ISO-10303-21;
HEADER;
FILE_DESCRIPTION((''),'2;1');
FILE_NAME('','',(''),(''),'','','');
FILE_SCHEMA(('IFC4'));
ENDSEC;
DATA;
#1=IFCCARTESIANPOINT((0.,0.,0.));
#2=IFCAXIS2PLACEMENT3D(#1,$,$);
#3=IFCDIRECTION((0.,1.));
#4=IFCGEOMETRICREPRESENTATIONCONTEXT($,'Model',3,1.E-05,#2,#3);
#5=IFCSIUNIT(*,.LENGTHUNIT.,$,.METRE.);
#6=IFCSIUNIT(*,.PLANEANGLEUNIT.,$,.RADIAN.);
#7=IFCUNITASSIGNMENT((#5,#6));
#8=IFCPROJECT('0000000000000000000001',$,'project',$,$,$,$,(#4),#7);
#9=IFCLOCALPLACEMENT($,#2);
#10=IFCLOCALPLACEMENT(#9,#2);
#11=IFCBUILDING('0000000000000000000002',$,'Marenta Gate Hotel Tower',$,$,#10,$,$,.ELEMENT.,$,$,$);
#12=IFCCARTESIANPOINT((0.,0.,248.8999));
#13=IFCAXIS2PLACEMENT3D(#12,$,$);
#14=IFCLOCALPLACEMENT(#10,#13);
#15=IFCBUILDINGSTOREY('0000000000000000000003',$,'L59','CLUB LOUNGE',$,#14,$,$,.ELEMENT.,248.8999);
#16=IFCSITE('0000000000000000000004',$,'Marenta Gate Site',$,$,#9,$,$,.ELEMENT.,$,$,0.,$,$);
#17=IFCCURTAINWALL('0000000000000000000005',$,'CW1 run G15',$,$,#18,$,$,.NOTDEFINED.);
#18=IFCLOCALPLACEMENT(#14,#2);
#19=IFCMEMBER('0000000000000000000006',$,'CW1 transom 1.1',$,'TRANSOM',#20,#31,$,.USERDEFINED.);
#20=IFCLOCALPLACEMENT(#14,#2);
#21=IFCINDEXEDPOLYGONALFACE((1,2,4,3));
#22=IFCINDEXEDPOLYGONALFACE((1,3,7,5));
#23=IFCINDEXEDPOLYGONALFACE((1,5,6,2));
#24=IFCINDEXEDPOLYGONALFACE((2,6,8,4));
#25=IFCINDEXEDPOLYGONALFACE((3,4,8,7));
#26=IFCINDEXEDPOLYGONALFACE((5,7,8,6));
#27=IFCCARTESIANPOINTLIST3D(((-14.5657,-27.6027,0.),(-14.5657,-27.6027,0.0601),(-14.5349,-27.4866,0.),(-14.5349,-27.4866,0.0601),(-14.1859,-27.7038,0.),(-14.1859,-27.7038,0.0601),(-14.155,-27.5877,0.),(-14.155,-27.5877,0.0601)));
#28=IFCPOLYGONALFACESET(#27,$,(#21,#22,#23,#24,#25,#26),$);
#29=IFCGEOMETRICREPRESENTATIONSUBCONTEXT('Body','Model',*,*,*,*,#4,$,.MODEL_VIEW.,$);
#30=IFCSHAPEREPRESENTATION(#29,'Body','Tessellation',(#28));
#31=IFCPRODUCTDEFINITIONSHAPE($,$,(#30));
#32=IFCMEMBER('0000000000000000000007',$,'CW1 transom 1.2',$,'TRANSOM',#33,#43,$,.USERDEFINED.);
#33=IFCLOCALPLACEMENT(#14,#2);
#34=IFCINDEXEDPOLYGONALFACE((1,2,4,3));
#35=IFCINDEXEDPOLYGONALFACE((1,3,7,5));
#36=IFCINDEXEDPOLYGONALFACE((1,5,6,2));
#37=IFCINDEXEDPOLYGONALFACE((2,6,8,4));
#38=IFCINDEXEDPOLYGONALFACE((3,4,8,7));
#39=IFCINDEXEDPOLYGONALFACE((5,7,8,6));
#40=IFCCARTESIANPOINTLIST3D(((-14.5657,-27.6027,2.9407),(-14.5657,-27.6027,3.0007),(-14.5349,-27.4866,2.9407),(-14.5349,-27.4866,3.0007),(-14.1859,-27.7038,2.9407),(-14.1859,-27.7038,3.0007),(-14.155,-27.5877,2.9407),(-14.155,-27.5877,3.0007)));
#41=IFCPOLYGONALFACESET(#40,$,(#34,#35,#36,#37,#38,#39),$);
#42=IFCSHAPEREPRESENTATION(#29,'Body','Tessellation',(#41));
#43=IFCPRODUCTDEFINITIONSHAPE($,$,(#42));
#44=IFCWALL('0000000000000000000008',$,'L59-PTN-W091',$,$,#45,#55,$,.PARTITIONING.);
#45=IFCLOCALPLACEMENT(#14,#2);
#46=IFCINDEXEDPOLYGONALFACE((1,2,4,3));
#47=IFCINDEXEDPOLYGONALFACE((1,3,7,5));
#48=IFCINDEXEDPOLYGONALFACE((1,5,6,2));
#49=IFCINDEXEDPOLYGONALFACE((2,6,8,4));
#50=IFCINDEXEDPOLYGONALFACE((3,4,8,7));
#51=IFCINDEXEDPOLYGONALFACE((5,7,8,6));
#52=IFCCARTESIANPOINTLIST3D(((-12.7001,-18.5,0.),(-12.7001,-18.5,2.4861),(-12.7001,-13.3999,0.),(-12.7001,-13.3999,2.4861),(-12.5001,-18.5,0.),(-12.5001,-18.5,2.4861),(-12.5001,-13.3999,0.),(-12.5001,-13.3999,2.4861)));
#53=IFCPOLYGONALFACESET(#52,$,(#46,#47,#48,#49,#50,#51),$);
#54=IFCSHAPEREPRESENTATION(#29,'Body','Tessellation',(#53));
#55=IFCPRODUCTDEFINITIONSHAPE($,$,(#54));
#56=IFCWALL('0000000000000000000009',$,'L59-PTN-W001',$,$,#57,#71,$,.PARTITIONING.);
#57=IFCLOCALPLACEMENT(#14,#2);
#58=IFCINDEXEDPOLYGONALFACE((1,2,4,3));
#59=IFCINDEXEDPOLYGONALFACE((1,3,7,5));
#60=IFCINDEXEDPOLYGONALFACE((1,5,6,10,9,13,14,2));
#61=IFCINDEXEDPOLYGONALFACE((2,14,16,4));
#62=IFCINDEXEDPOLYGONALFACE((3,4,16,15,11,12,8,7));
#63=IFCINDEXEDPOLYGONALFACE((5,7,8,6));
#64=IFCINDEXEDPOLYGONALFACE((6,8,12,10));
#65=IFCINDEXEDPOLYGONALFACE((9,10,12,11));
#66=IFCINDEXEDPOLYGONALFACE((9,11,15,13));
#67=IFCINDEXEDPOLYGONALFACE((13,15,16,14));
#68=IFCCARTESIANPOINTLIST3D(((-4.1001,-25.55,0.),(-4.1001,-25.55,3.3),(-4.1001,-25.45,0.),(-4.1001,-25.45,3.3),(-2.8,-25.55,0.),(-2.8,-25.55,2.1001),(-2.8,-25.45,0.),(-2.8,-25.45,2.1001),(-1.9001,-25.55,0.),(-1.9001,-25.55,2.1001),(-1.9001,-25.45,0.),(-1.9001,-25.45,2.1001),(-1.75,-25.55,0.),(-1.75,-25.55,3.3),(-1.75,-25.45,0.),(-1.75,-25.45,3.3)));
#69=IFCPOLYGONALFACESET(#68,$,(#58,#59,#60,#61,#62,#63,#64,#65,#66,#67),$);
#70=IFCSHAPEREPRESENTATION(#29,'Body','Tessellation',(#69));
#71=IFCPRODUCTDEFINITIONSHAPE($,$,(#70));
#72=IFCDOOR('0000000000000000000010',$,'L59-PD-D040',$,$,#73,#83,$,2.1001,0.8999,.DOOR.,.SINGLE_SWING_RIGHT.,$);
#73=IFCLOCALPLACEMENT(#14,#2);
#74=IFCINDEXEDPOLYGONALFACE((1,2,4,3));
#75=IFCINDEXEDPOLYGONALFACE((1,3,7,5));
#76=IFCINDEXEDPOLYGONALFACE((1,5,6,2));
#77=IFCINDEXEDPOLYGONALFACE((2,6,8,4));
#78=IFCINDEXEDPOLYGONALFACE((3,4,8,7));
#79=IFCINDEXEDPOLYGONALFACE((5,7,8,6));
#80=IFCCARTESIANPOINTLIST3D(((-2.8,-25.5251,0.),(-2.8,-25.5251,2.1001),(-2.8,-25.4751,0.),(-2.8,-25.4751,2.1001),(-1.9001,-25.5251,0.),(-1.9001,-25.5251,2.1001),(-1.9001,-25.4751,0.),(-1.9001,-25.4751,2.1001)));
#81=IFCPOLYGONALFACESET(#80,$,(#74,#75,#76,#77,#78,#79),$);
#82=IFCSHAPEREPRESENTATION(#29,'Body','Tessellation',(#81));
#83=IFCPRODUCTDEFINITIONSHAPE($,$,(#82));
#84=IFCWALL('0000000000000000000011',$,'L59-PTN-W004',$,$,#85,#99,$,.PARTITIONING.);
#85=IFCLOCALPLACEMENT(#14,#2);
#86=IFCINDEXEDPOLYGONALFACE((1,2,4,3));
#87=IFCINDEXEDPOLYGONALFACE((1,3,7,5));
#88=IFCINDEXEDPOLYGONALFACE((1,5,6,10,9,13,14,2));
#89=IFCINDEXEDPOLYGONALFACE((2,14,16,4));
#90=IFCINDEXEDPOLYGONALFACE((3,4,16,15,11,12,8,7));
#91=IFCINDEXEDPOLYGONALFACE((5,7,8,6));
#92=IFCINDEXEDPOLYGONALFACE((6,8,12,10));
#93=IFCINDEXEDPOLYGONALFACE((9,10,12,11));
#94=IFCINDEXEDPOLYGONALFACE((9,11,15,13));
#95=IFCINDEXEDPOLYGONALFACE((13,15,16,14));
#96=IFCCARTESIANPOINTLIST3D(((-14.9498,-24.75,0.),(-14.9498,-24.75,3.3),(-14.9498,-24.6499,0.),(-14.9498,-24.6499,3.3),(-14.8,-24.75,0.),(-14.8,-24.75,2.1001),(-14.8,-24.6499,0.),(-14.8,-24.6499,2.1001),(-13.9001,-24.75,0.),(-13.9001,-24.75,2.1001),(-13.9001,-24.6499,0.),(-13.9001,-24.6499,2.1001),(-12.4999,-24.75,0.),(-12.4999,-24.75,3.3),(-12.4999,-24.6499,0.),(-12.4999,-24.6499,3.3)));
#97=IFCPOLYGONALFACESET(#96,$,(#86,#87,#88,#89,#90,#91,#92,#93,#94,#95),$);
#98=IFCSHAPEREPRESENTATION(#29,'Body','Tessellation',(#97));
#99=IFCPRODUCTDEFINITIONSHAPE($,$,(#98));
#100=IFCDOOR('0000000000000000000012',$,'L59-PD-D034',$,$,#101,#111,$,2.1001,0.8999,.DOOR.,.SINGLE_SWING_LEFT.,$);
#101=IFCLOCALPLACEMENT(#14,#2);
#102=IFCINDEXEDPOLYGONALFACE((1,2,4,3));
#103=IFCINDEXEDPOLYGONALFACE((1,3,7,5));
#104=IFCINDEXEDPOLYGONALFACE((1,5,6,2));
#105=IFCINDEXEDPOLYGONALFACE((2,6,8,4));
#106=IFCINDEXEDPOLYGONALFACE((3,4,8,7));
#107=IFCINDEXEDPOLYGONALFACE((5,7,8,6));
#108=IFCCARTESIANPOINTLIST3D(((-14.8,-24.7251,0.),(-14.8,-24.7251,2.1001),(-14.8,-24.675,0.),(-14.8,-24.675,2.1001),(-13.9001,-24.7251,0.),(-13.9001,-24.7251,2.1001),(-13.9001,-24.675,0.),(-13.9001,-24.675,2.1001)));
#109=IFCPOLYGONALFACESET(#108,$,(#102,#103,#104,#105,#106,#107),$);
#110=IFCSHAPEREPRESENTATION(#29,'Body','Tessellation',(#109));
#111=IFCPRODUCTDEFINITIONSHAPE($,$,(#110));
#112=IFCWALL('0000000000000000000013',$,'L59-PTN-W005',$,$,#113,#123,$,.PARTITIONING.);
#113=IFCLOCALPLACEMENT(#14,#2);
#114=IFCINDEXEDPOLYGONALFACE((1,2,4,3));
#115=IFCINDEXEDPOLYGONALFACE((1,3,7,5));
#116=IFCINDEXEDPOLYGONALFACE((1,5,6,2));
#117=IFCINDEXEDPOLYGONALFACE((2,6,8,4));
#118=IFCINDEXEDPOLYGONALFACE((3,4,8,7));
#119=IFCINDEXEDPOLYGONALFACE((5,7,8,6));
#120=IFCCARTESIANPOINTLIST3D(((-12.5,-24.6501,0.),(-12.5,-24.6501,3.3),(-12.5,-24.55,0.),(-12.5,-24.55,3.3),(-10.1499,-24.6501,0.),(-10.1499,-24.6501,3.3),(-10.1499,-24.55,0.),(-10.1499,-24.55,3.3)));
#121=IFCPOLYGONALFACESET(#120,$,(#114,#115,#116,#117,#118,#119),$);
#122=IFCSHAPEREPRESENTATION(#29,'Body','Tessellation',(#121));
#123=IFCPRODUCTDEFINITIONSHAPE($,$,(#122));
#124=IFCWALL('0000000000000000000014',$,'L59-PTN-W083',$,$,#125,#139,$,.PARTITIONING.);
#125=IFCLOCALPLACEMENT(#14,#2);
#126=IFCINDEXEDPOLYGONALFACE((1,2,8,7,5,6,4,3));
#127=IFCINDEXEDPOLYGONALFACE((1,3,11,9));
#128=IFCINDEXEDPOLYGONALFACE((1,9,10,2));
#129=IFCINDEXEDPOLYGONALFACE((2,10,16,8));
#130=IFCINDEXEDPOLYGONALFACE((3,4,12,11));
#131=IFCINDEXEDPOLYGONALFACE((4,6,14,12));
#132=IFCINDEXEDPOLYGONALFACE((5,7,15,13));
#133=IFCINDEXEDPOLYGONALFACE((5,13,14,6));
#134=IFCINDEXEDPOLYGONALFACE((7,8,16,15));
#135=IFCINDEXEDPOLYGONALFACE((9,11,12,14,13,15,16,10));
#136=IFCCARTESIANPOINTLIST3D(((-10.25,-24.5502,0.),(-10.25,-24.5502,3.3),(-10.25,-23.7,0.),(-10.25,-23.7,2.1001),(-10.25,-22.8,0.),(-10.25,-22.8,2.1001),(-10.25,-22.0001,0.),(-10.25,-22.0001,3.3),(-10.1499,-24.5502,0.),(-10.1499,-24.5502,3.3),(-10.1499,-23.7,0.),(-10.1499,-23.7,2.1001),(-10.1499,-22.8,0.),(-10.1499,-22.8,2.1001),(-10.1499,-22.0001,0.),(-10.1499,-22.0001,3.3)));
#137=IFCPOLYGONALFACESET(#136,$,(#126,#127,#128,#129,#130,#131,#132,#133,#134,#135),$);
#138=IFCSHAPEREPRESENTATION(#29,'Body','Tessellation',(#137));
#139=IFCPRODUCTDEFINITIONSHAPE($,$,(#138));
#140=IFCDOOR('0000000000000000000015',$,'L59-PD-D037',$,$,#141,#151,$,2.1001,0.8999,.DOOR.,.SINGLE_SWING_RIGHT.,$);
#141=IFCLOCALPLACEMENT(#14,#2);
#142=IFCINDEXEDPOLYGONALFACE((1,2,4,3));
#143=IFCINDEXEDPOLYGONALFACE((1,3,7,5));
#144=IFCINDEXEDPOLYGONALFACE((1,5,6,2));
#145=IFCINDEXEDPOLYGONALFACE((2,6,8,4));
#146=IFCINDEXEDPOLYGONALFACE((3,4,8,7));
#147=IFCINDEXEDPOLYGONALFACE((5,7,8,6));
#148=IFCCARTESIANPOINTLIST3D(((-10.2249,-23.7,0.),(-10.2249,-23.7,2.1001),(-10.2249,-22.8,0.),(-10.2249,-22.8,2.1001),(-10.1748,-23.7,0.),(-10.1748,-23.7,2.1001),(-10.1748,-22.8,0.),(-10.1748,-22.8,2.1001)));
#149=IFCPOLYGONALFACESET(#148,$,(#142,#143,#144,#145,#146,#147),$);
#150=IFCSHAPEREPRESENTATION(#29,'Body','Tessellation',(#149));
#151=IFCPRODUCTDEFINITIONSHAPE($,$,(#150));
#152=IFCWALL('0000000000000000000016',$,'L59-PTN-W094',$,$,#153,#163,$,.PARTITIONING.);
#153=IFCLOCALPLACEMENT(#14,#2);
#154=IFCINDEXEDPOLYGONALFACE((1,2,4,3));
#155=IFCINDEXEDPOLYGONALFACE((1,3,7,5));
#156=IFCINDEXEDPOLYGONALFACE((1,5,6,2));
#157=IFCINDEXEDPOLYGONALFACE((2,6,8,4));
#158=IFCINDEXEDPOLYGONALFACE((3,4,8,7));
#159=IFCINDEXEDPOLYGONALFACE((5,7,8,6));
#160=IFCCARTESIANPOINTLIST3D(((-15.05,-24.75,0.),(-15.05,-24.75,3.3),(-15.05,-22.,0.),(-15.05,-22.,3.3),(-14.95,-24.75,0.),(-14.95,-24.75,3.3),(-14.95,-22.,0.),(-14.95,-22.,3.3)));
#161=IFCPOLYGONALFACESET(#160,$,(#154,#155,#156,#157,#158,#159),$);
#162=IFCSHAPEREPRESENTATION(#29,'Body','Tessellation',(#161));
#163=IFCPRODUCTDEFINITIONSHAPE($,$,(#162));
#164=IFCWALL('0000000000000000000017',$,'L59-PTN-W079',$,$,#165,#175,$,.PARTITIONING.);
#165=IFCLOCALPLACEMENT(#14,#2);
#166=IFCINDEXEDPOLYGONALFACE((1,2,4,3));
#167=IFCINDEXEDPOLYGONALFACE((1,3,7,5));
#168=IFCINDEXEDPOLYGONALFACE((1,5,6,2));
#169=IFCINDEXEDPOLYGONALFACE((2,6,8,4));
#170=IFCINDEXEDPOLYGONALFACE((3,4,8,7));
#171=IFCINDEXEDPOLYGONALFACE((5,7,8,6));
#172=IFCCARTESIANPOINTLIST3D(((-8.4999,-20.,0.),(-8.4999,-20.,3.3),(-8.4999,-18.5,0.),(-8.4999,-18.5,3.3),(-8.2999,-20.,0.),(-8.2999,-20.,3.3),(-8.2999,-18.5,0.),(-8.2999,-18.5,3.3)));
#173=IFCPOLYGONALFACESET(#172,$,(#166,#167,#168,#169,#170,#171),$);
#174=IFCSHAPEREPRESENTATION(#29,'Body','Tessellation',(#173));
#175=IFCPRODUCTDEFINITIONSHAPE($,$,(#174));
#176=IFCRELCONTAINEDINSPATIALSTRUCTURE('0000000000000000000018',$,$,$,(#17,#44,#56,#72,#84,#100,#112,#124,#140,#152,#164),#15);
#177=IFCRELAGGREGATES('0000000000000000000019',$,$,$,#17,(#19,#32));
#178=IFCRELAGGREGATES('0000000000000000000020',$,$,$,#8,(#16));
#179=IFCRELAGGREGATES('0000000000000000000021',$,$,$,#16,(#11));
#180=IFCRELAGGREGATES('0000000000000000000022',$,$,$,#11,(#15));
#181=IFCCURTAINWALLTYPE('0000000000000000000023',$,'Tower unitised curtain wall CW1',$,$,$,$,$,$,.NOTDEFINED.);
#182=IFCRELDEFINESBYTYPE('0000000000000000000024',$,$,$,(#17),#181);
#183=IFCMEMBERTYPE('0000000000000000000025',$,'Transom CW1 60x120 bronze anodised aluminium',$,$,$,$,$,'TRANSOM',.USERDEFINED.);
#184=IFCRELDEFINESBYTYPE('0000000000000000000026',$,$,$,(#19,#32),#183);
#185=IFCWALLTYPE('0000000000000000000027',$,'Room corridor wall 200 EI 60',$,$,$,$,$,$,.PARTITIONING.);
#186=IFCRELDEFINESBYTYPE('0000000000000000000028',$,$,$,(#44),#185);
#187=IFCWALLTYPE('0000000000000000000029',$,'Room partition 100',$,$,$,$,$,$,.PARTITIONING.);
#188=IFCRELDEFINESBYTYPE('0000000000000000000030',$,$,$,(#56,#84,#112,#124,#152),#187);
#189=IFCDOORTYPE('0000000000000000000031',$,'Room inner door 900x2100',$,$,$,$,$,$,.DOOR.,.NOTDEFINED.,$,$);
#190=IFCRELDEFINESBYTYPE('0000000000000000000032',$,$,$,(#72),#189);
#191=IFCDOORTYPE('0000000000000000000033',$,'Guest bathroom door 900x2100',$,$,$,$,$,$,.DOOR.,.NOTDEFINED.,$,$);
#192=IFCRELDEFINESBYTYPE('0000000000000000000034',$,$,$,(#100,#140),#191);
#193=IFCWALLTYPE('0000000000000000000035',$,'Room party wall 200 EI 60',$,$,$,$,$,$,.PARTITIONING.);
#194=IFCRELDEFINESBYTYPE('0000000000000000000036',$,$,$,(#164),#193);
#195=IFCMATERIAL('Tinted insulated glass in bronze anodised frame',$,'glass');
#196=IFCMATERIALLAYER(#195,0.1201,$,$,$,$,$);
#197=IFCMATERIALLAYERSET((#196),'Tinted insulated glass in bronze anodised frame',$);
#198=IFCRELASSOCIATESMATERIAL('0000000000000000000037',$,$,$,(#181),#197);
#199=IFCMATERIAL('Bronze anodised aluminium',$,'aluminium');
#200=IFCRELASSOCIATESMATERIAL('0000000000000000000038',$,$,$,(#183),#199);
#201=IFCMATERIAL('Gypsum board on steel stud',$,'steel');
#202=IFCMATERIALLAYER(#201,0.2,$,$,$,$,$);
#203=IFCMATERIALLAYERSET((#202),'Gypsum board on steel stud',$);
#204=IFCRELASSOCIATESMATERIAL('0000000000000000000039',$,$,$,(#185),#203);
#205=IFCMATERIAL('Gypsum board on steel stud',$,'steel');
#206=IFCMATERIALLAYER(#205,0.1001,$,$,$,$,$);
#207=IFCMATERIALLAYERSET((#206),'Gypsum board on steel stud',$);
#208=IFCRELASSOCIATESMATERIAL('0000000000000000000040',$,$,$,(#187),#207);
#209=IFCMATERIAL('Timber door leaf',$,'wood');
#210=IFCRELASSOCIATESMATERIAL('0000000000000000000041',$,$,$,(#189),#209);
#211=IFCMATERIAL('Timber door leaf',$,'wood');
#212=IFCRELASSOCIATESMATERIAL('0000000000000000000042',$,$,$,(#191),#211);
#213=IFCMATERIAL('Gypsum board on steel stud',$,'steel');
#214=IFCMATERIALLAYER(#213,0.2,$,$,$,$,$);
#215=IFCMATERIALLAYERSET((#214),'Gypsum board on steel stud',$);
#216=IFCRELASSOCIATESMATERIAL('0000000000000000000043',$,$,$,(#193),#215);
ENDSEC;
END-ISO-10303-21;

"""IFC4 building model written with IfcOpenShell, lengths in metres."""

from ifc_helpers import new_model, si_unit, direction, frame, frame_2d, origin, origin_2d, place, context, subcontext, project, spatial, rectangle, extrude, material, layer, layer_set, material_profile, profile_set, type_object, element, fill, aggregate, save


model = new_model("IFC4")

# Units and contexts
model_context = context("Model", 3, precision=1e-05, world=origin(), true_north=direction((0.0, 1.0)))
body_context = subcontext(model_context, "Body", "Model", "MODEL_VIEW")
ifc_project = project(units=[si_unit("LENGTHUNIT", "METRE"), si_unit("PLANEANGLEUNIT", "RADIAN")], contexts=[model_context])

# Site, building, storey
site_placement = place(None, origin())
site = spatial("IfcSite", under=ifc_project, at=site_placement, Name="Marenta Gate Site", CompositionType="ELEMENT", RefElevation=0.0)
building_placement = place(site_placement, origin())
building = spatial("IfcBuilding", under=site, at=building_placement, Name="Marenta Gate Hotel Tower", CompositionType="ELEMENT")
storey_placement = place(building_placement, frame((0.0, 0.0, 248.8999)))
storey = spatial("IfcBuildingStorey", under=building, at=storey_placement, Name="L59", Description="CLUB LOUNGE", CompositionType="ELEMENT", Elevation=248.8999)

# Curtain wall, members
ifc_material_1 = material(Name="Tinted insulated glass in bronze anodised frame", Category="glass")
ifc_layer_1 = layer(ifc_material_1, 0.1201)
ifc_layer_set_1 = layer_set([ifc_layer_1], Name="Tinted insulated glass in bronze anodised frame")
curtain_wall_type = type_object("IfcCurtainWallType", Name="Tower unitised curtain wall CW1", PredefinedType="NOTDEFINED", material=ifc_layer_set_1)
curtain_wall_placement = place(storey_placement, origin())
curtain_wall = element("IfcCurtainWall", 1, at=curtain_wall_placement, inside=storey, type_object=curtain_wall_type, Name="CW1 run G15", PredefinedType="NOTDEFINED")
ifc_material_2 = material(Name="Bronze anodised aluminium", Category="aluminium")
ifc_material_profile_1 = material_profile(ifc_material_2, rectangle(XDim=0.1201, YDim=0.0601, at=origin_2d()), Name="Transom CW1 60x120 bronze anodised aluminium")
ifc_profile_set_1 = profile_set([ifc_material_profile_1], Name="Bronze anodised aluminium")
member_type_1 = type_object("IfcMemberType", Name="Transom CW1 60x120 bronze anodised aluminium", ElementType="TRANSOM", PredefinedType="USERDEFINED", material=ifc_profile_set_1)
member_1_placement = place(storey_placement, frame((-14.5503, -27.5447, 0.03), z_axis=(0.966379, -0.257121, 0.0), x_axis=(0.257121, 0.966379, 0.0)))
member_1 = element("IfcMember", 2, at=member_1_placement, type_object=member_type_1, Name="CW1 transom 1.1", ObjectType="TRANSOM", PredefinedType="USERDEFINED", context=body_context, shape_type="SweptSolid", body=[
    extrude(rectangle(XDim=0.1201, YDim=0.0601, at=origin_2d()), origin(), (0.0, 0.0, 1.0), 0.3931),
])
member_2_placement = place(storey_placement, frame((-14.5503, -27.5447, 2.9707), z_axis=(0.966379, -0.257121, 0.0), x_axis=(0.257121, 0.966379, 0.0)))
member_2 = element("IfcMember", 3, at=member_2_placement, type_object=member_type_1, Name="CW1 transom 1.2", ObjectType="TRANSOM", PredefinedType="USERDEFINED", context=body_context, shape_type="SweptSolid", body=[
    extrude(rectangle(XDim=0.1201, YDim=0.0601, at=origin_2d()), origin(), (0.0, 0.0, 1.0), 0.3931),
])
aggregate(curtain_wall, [member_1, member_2])

# Shared definitions
ifc_material_3 = material(Name="Gypsum board on steel stud", Category="steel")
ifc_layer_2 = layer(ifc_material_3, 0.2)
ifc_layer_set_2 = layer_set([ifc_layer_2], Name="Gypsum board on steel stud")
wall_type_1 = type_object("IfcWallType", Name="Room corridor wall 200 EI 60", PredefinedType="PARTITIONING", material=ifc_layer_set_2)

# Wall
wall_1_placement = place(storey_placement, frame((-12.6001, -18.5, 0.0), z_axis=(0.0, 0.0, 1.0), x_axis=(0.0, 1.0, 0.0)))
element("IfcWall", 4, at=wall_1_placement, inside=storey, type_object=wall_type_1, Name="L59-PTN-W091", PredefinedType="PARTITIONING", context=body_context, shape_type="SweptSolid", body=[
    extrude(rectangle(XDim=5.1001, YDim=0.2, at=frame_2d((2.55, 0.0))), origin(), (0.0, 0.0, 1.0), 2.4861),
])

# Walls, openings, doors
ifc_material_4 = material(Name="Gypsum board on steel stud", Category="steel")
ifc_layer_3 = layer(ifc_material_4, 0.1001)
ifc_layer_set_3 = layer_set([ifc_layer_3], Name="Gypsum board on steel stud")
wall_type_2 = type_object("IfcWallType", Name="Room partition 100", PredefinedType="PARTITIONING", material=ifc_layer_set_3)
wall_2_placement = place(storey_placement, frame((-4.1001, -25.5, 0.0), z_axis=(0.0, 0.0, 1.0), x_axis=(1.0, 0.0, 0.0)))
wall_2 = element("IfcWall", 5, at=wall_2_placement, inside=storey, type_object=wall_type_2, Name="L59-PTN-W001", PredefinedType="PARTITIONING", context=body_context, shape_type="SweptSolid", body=[
    extrude(rectangle(XDim=2.3501, YDim=0.1001, at=frame_2d((1.175, 0.0))), origin(), (0.0, 0.0, 1.0), 3.3),
])
opening_1_placement = place(wall_2_placement, frame((1.3, 0.0, 0.0)))
opening_1 = element("IfcOpeningElement", 6, at=opening_1_placement, cuts=wall_2, PredefinedType="OPENING", context=body_context, shape_type="SweptSolid", body=[
    extrude(rectangle(XDim=0.8999, YDim=2.1001, at=frame_2d((0.45, 1.05))), frame((0.0, 0.05, 0.0), z_axis=(0.0, -1.0, 0.0), x_axis=(1.0, 0.0, 0.0)), (0.0, 0.0, 1.0), 0.1001),
])
ifc_material_5 = material(Name="Timber door leaf", Category="wood")
door_type_1 = type_object("IfcDoorType", Name="Room inner door 900x2100", OperationType="NOTDEFINED", PredefinedType="DOOR", material=ifc_material_5)
door_1_placement = place(opening_1_placement, origin())
door_1 = element("IfcDoor", 7, at=door_1_placement, inside=storey, type_object=door_type_1, Name="L59-PD-D040", OperationType="SINGLE_SWING_RIGHT", OverallHeight=2.1001, OverallWidth=0.8999, PredefinedType="DOOR", context=body_context, shape_type="SweptSolid", body=[
    extrude(rectangle(XDim=0.8999, YDim=2.1001, at=frame_2d((0.45, 1.05))), frame((0.0, 0.0249, 0.0), z_axis=(0.0, -1.0, 0.0), x_axis=(1.0, 0.0, 0.0)), (0.0, 0.0, 1.0), 0.05),
])
fill(opening_1, door_1)
wall_3_placement = place(storey_placement, frame((-14.95, -24.7, 0.0), z_axis=(0.0, 0.0, 1.0), x_axis=(1.0, 0.0, 0.0)))
wall_3 = element("IfcWall", 8, at=wall_3_placement, inside=storey, type_object=wall_type_2, Name="L59-PTN-W004", PredefinedType="PARTITIONING", context=body_context, shape_type="SweptSolid", body=[
    extrude(rectangle(XDim=2.45, YDim=0.1001, at=frame_2d((1.2251, 0.0))), origin(), (0.0, 0.0, 1.0), 3.3),
])
opening_2_placement = place(wall_3_placement, frame((0.1499, 0.0, 0.0)))
opening_2 = element("IfcOpeningElement", 9, at=opening_2_placement, cuts=wall_3, PredefinedType="OPENING", context=body_context, shape_type="SweptSolid", body=[
    extrude(rectangle(XDim=0.8999, YDim=2.1001, at=frame_2d((0.45, 1.05))), frame((0.0, 0.05, 0.0), z_axis=(0.0, -1.0, 0.0), x_axis=(1.0, 0.0, 0.0)), (0.0, 0.0, 1.0), 0.1001),
])
ifc_material_6 = material(Name="Timber door leaf", Category="wood")
door_type_2 = type_object("IfcDoorType", Name="Guest bathroom door 900x2100", OperationType="NOTDEFINED", PredefinedType="DOOR", material=ifc_material_6)
door_2_placement = place(opening_2_placement, origin())
door_2 = element("IfcDoor", 10, at=door_2_placement, inside=storey, type_object=door_type_2, Name="L59-PD-D034", OperationType="SINGLE_SWING_LEFT", OverallHeight=2.1001, OverallWidth=0.8999, PredefinedType="DOOR", context=body_context, shape_type="SweptSolid", body=[
    extrude(rectangle(XDim=0.8999, YDim=2.1001, at=frame_2d((0.45, 1.05))), frame((0.0, 0.0249, 0.0), z_axis=(0.0, -1.0, 0.0), x_axis=(1.0, 0.0, 0.0)), (0.0, 0.0, 1.0), 0.05),
])
fill(opening_2, door_2)

# Wall
wall_4_placement = place(storey_placement, frame((-12.5, -24.6001, 0.0), z_axis=(0.0, 0.0, 1.0), x_axis=(1.0, 0.0, 0.0)))
element("IfcWall", 11, at=wall_4_placement, inside=storey, type_object=wall_type_2, Name="L59-PTN-W005", PredefinedType="PARTITIONING", context=body_context, shape_type="SweptSolid", body=[
    extrude(rectangle(XDim=2.3501, YDim=0.1001, at=frame_2d((1.175, 0.0))), origin(), (0.0, 0.0, 1.0), 3.3),
])

# Wall, opening, door
wall_5_placement = place(storey_placement, frame((-10.2, -24.55, 0.0), z_axis=(0.0, 0.0, 1.0), x_axis=(0.0, 1.0, 0.0)))
wall_5 = element("IfcWall", 12, at=wall_5_placement, inside=storey, type_object=wall_type_2, Name="L59-PTN-W083", PredefinedType="PARTITIONING", context=body_context, shape_type="SweptSolid", body=[
    extrude(rectangle(XDim=2.55, YDim=0.1001, at=frame_2d((1.2749, 0.0))), origin(), (0.0, 0.0, 1.0), 3.3),
])
opening_3_placement = place(wall_5_placement, frame((0.8501, 0.0, 0.0)))
opening_3 = element("IfcOpeningElement", 13, at=opening_3_placement, cuts=wall_5, PredefinedType="OPENING", context=body_context, shape_type="SweptSolid", body=[
    extrude(rectangle(XDim=0.8999, YDim=2.1001, at=frame_2d((0.45, 1.05))), frame((0.0, 0.05, 0.0), z_axis=(0.0, -1.0, 0.0), x_axis=(1.0, 0.0, 0.0)), (0.0, 0.0, 1.0), 0.1001),
])
door_3_placement = place(opening_3_placement, origin())
door_3 = element("IfcDoor", 14, at=door_3_placement, inside=storey, type_object=door_type_2, Name="L59-PD-D037", OperationType="SINGLE_SWING_RIGHT", OverallHeight=2.1001, OverallWidth=0.8999, PredefinedType="DOOR", context=body_context, shape_type="SweptSolid", body=[
    extrude(rectangle(XDim=0.8999, YDim=2.1001, at=frame_2d((0.45, 1.05))), frame((0.0, 0.0249, 0.0), z_axis=(0.0, -1.0, 0.0), x_axis=(1.0, 0.0, 0.0)), (0.0, 0.0, 1.0), 0.05),
])
fill(opening_3, door_3)

# Walls
wall_6_placement = place(storey_placement, frame((-15.0, -24.75, 0.0), z_axis=(0.0, 0.0, 1.0), x_axis=(0.0, 1.0, 0.0)))
element("IfcWall", 15, at=wall_6_placement, inside=storey, type_object=wall_type_2, Name="L59-PTN-W094", PredefinedType="PARTITIONING", context=body_context, shape_type="SweptSolid", body=[
    extrude(rectangle(XDim=2.75, YDim=0.1001, at=frame_2d((1.375, 0.0))), origin(), (0.0, 0.0, 1.0), 3.3),
])
ifc_material_7 = material(Name="Gypsum board on steel stud", Category="steel")
ifc_layer_4 = layer(ifc_material_7, 0.2)
ifc_layer_set_4 = layer_set([ifc_layer_4], Name="Gypsum board on steel stud")
wall_type_3 = type_object("IfcWallType", Name="Room party wall 200 EI 60", PredefinedType="PARTITIONING", material=ifc_layer_set_4)
wall_7_placement = place(storey_placement, frame((-8.3999, -20.0, 0.0), z_axis=(0.0, 0.0, 1.0), x_axis=(0.0, 1.0, 0.0)))
element("IfcWall", 16, at=wall_7_placement, inside=storey, type_object=wall_type_3, Name="L59-PTN-W079", PredefinedType="PARTITIONING", context=body_context, shape_type="SweptSolid", body=[
    extrude(rectangle(XDim=1.5, YDim=0.2, at=frame_2d((0.75, 0.0))), origin(), (0.0, 0.0, 1.0), 3.3),
])

save(model, "model.ifc")
